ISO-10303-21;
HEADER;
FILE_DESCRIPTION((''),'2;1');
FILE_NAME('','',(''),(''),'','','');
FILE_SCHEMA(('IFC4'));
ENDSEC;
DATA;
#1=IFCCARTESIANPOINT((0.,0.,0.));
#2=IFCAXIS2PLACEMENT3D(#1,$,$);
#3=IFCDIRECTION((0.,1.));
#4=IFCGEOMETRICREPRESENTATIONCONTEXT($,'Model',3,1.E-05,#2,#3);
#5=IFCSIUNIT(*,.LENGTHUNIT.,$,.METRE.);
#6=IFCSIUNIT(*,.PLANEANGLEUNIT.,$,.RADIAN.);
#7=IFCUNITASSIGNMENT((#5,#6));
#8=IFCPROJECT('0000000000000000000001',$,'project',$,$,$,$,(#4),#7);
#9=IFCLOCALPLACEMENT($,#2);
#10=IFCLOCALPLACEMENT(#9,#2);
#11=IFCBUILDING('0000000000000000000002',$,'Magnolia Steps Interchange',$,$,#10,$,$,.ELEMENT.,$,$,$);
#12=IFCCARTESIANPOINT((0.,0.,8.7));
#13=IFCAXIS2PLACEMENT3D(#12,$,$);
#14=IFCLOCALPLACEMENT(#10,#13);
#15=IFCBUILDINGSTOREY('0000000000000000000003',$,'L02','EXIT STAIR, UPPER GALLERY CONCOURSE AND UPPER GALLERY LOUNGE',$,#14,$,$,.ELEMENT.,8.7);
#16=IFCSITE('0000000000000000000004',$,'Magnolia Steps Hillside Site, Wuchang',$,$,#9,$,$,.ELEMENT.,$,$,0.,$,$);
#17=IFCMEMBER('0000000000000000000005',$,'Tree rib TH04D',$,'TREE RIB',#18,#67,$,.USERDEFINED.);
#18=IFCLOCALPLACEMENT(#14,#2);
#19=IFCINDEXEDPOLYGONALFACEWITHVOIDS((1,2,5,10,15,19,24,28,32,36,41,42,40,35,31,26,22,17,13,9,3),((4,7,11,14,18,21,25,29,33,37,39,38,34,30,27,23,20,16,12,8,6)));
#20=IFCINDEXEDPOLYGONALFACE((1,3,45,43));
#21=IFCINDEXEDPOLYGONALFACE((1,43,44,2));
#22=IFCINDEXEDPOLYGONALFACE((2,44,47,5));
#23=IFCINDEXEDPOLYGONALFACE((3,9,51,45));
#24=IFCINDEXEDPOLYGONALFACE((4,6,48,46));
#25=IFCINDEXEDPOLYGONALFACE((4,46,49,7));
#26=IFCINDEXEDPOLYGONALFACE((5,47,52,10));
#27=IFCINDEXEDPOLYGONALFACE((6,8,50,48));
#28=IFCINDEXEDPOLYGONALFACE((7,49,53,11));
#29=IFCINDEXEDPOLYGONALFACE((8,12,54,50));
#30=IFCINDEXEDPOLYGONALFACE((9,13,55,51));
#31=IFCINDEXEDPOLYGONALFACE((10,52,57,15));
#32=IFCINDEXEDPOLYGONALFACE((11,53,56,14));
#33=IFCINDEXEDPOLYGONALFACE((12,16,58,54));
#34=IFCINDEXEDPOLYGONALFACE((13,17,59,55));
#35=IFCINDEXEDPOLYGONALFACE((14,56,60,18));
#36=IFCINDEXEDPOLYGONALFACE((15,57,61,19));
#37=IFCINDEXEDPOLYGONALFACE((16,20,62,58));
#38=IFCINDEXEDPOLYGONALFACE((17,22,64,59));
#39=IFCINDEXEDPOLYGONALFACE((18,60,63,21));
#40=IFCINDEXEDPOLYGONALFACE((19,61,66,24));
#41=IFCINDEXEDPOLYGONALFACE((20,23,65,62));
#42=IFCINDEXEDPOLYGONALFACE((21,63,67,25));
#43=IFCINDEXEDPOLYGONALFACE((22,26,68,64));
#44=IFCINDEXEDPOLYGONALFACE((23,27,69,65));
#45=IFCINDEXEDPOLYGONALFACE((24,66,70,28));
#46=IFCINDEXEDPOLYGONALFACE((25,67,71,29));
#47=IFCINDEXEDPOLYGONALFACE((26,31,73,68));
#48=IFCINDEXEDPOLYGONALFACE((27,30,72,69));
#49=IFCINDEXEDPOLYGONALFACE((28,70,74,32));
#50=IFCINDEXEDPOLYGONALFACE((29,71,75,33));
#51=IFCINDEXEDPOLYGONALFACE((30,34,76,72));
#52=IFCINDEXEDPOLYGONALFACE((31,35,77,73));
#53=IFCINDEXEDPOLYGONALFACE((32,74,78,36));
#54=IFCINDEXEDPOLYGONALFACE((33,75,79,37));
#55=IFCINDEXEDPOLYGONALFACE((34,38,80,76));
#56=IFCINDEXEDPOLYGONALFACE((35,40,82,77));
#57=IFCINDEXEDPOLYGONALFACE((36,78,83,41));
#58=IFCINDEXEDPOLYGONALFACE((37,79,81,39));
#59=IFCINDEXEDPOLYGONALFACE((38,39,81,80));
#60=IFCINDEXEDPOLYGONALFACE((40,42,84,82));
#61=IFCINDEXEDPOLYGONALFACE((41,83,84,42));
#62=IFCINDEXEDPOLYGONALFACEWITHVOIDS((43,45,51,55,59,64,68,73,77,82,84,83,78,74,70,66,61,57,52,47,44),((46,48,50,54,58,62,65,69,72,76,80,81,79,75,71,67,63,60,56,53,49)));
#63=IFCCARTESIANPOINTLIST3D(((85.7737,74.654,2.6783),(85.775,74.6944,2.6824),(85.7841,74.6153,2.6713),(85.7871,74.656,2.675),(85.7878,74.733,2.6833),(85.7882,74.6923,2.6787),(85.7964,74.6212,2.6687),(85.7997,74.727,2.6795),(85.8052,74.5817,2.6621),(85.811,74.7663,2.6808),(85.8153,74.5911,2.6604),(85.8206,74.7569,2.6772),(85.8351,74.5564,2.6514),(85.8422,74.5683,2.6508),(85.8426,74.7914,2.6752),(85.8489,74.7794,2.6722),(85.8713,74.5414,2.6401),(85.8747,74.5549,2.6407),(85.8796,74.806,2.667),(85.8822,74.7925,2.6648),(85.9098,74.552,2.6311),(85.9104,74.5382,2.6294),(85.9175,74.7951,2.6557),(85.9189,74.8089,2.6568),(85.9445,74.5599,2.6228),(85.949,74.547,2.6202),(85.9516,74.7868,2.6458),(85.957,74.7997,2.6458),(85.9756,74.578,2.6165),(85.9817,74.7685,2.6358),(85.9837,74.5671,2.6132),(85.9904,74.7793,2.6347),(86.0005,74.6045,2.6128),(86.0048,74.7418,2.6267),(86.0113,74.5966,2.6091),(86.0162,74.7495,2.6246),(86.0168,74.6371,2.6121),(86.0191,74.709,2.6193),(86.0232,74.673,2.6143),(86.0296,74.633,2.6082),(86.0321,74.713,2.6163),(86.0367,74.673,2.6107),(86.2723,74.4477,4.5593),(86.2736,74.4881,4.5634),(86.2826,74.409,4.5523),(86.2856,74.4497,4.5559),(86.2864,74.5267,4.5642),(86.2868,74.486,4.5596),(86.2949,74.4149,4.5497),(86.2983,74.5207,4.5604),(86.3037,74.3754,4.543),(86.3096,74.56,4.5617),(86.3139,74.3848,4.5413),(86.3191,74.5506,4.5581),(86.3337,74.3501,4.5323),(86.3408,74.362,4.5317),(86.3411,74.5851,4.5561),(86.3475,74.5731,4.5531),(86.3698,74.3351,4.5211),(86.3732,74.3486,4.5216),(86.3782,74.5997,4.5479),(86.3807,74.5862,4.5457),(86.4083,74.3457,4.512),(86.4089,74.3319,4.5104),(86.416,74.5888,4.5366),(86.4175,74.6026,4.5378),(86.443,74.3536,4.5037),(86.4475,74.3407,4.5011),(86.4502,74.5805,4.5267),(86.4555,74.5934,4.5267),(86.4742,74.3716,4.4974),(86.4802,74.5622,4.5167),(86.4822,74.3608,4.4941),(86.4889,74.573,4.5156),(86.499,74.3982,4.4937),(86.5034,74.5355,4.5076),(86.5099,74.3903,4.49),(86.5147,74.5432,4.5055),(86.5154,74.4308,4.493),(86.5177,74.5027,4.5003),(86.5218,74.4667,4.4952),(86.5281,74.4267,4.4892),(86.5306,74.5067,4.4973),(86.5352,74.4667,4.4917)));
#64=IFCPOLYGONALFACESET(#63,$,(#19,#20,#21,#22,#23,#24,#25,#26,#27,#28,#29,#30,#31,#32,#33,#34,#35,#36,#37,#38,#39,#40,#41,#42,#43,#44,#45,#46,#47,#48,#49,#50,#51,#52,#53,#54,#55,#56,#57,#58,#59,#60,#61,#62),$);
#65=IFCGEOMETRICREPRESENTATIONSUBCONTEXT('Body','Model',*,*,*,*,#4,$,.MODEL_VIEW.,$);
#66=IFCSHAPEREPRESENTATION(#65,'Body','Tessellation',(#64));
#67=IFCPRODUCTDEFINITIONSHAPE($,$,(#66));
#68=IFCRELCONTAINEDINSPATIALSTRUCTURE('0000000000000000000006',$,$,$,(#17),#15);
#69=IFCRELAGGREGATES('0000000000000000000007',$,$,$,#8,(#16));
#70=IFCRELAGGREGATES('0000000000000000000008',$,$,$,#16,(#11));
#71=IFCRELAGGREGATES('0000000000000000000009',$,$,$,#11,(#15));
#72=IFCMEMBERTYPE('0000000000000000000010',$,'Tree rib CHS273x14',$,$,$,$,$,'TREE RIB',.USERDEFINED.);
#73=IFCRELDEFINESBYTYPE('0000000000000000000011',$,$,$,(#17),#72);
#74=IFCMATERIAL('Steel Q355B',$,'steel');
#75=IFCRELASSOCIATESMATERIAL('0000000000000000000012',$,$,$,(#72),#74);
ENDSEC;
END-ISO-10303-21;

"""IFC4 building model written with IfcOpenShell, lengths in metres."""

from ifc_helpers import new_model, si_unit, direction, frame, origin, origin_2d, place, context, subcontext, project, spatial, hollow_circle, extrude, material, material_profile, profile_set, type_object, element, save


model = new_model("IFC4")

# Units and contexts
model_context = context("Model", 3, precision=1e-05, world=origin(), true_north=direction((0.0, 1.0)))
body_context = subcontext(model_context, "Body", "Model", "MODEL_VIEW")
ifc_project = project(units=[si_unit("LENGTHUNIT", "METRE"), si_unit("PLANEANGLEUNIT", "RADIAN")], contexts=[model_context])

# Site, building, storey
site_placement = place(None, origin())
site = spatial("IfcSite", under=ifc_project, at=site_placement, Name="Magnolia Steps Hillside Site, Wuchang", CompositionType="ELEMENT", RefElevation=0.0)
building_placement = place(site_placement, origin())
building = spatial("IfcBuilding", under=site, at=building_placement, Name="Magnolia Steps Interchange", CompositionType="ELEMENT")
storey_placement = place(building_placement, frame((0.0, 0.0, 8.7)))
storey = spatial("IfcBuildingStorey", under=building, at=storey_placement, Name="L02", Description="EXIT STAIR, UPPER GALLERY CONCOURSE AND UPPER GALLERY LOUNGE", CompositionType="ELEMENT", Elevation=8.7)

# Member
ifc_material_1 = material(Name="Steel Q355B", Category="steel")
ifc_material_profile_1 = material_profile(ifc_material_1, hollow_circle(Radius=0.1365, WallThickness=0.0139, at=origin_2d()), Name="CHS273x14")
ifc_profile_set_1 = profile_set([ifc_material_profile_1], Name="Steel Q355B")
member_type_1 = type_object("IfcMemberType", Name="Tree rib CHS273x14", ElementType="TREE RIB", PredefinedType="USERDEFINED", material=ifc_profile_set_1)
member_1_placement = place(storey_placement, frame((85.9048, 74.6736, 2.6458), z_axis=(0.254782, -0.105431, 0.961234), x_axis=(0.382365, 0.924011, 0.0)))
element("IfcMember", 1, at=member_1_placement, inside=storey, type_object=member_type_1, Name="Tree rib TH04D", ObjectType="TREE RIB", PredefinedType="USERDEFINED", context=body_context, shape_type="SweptSolid", body=[
    extrude(hollow_circle(Radius=0.1365, WallThickness=0.0139, at=origin_2d()), origin(), (0.0, 0.0, 1.0), 1.9568),
])

save(model, "model.ifc")
